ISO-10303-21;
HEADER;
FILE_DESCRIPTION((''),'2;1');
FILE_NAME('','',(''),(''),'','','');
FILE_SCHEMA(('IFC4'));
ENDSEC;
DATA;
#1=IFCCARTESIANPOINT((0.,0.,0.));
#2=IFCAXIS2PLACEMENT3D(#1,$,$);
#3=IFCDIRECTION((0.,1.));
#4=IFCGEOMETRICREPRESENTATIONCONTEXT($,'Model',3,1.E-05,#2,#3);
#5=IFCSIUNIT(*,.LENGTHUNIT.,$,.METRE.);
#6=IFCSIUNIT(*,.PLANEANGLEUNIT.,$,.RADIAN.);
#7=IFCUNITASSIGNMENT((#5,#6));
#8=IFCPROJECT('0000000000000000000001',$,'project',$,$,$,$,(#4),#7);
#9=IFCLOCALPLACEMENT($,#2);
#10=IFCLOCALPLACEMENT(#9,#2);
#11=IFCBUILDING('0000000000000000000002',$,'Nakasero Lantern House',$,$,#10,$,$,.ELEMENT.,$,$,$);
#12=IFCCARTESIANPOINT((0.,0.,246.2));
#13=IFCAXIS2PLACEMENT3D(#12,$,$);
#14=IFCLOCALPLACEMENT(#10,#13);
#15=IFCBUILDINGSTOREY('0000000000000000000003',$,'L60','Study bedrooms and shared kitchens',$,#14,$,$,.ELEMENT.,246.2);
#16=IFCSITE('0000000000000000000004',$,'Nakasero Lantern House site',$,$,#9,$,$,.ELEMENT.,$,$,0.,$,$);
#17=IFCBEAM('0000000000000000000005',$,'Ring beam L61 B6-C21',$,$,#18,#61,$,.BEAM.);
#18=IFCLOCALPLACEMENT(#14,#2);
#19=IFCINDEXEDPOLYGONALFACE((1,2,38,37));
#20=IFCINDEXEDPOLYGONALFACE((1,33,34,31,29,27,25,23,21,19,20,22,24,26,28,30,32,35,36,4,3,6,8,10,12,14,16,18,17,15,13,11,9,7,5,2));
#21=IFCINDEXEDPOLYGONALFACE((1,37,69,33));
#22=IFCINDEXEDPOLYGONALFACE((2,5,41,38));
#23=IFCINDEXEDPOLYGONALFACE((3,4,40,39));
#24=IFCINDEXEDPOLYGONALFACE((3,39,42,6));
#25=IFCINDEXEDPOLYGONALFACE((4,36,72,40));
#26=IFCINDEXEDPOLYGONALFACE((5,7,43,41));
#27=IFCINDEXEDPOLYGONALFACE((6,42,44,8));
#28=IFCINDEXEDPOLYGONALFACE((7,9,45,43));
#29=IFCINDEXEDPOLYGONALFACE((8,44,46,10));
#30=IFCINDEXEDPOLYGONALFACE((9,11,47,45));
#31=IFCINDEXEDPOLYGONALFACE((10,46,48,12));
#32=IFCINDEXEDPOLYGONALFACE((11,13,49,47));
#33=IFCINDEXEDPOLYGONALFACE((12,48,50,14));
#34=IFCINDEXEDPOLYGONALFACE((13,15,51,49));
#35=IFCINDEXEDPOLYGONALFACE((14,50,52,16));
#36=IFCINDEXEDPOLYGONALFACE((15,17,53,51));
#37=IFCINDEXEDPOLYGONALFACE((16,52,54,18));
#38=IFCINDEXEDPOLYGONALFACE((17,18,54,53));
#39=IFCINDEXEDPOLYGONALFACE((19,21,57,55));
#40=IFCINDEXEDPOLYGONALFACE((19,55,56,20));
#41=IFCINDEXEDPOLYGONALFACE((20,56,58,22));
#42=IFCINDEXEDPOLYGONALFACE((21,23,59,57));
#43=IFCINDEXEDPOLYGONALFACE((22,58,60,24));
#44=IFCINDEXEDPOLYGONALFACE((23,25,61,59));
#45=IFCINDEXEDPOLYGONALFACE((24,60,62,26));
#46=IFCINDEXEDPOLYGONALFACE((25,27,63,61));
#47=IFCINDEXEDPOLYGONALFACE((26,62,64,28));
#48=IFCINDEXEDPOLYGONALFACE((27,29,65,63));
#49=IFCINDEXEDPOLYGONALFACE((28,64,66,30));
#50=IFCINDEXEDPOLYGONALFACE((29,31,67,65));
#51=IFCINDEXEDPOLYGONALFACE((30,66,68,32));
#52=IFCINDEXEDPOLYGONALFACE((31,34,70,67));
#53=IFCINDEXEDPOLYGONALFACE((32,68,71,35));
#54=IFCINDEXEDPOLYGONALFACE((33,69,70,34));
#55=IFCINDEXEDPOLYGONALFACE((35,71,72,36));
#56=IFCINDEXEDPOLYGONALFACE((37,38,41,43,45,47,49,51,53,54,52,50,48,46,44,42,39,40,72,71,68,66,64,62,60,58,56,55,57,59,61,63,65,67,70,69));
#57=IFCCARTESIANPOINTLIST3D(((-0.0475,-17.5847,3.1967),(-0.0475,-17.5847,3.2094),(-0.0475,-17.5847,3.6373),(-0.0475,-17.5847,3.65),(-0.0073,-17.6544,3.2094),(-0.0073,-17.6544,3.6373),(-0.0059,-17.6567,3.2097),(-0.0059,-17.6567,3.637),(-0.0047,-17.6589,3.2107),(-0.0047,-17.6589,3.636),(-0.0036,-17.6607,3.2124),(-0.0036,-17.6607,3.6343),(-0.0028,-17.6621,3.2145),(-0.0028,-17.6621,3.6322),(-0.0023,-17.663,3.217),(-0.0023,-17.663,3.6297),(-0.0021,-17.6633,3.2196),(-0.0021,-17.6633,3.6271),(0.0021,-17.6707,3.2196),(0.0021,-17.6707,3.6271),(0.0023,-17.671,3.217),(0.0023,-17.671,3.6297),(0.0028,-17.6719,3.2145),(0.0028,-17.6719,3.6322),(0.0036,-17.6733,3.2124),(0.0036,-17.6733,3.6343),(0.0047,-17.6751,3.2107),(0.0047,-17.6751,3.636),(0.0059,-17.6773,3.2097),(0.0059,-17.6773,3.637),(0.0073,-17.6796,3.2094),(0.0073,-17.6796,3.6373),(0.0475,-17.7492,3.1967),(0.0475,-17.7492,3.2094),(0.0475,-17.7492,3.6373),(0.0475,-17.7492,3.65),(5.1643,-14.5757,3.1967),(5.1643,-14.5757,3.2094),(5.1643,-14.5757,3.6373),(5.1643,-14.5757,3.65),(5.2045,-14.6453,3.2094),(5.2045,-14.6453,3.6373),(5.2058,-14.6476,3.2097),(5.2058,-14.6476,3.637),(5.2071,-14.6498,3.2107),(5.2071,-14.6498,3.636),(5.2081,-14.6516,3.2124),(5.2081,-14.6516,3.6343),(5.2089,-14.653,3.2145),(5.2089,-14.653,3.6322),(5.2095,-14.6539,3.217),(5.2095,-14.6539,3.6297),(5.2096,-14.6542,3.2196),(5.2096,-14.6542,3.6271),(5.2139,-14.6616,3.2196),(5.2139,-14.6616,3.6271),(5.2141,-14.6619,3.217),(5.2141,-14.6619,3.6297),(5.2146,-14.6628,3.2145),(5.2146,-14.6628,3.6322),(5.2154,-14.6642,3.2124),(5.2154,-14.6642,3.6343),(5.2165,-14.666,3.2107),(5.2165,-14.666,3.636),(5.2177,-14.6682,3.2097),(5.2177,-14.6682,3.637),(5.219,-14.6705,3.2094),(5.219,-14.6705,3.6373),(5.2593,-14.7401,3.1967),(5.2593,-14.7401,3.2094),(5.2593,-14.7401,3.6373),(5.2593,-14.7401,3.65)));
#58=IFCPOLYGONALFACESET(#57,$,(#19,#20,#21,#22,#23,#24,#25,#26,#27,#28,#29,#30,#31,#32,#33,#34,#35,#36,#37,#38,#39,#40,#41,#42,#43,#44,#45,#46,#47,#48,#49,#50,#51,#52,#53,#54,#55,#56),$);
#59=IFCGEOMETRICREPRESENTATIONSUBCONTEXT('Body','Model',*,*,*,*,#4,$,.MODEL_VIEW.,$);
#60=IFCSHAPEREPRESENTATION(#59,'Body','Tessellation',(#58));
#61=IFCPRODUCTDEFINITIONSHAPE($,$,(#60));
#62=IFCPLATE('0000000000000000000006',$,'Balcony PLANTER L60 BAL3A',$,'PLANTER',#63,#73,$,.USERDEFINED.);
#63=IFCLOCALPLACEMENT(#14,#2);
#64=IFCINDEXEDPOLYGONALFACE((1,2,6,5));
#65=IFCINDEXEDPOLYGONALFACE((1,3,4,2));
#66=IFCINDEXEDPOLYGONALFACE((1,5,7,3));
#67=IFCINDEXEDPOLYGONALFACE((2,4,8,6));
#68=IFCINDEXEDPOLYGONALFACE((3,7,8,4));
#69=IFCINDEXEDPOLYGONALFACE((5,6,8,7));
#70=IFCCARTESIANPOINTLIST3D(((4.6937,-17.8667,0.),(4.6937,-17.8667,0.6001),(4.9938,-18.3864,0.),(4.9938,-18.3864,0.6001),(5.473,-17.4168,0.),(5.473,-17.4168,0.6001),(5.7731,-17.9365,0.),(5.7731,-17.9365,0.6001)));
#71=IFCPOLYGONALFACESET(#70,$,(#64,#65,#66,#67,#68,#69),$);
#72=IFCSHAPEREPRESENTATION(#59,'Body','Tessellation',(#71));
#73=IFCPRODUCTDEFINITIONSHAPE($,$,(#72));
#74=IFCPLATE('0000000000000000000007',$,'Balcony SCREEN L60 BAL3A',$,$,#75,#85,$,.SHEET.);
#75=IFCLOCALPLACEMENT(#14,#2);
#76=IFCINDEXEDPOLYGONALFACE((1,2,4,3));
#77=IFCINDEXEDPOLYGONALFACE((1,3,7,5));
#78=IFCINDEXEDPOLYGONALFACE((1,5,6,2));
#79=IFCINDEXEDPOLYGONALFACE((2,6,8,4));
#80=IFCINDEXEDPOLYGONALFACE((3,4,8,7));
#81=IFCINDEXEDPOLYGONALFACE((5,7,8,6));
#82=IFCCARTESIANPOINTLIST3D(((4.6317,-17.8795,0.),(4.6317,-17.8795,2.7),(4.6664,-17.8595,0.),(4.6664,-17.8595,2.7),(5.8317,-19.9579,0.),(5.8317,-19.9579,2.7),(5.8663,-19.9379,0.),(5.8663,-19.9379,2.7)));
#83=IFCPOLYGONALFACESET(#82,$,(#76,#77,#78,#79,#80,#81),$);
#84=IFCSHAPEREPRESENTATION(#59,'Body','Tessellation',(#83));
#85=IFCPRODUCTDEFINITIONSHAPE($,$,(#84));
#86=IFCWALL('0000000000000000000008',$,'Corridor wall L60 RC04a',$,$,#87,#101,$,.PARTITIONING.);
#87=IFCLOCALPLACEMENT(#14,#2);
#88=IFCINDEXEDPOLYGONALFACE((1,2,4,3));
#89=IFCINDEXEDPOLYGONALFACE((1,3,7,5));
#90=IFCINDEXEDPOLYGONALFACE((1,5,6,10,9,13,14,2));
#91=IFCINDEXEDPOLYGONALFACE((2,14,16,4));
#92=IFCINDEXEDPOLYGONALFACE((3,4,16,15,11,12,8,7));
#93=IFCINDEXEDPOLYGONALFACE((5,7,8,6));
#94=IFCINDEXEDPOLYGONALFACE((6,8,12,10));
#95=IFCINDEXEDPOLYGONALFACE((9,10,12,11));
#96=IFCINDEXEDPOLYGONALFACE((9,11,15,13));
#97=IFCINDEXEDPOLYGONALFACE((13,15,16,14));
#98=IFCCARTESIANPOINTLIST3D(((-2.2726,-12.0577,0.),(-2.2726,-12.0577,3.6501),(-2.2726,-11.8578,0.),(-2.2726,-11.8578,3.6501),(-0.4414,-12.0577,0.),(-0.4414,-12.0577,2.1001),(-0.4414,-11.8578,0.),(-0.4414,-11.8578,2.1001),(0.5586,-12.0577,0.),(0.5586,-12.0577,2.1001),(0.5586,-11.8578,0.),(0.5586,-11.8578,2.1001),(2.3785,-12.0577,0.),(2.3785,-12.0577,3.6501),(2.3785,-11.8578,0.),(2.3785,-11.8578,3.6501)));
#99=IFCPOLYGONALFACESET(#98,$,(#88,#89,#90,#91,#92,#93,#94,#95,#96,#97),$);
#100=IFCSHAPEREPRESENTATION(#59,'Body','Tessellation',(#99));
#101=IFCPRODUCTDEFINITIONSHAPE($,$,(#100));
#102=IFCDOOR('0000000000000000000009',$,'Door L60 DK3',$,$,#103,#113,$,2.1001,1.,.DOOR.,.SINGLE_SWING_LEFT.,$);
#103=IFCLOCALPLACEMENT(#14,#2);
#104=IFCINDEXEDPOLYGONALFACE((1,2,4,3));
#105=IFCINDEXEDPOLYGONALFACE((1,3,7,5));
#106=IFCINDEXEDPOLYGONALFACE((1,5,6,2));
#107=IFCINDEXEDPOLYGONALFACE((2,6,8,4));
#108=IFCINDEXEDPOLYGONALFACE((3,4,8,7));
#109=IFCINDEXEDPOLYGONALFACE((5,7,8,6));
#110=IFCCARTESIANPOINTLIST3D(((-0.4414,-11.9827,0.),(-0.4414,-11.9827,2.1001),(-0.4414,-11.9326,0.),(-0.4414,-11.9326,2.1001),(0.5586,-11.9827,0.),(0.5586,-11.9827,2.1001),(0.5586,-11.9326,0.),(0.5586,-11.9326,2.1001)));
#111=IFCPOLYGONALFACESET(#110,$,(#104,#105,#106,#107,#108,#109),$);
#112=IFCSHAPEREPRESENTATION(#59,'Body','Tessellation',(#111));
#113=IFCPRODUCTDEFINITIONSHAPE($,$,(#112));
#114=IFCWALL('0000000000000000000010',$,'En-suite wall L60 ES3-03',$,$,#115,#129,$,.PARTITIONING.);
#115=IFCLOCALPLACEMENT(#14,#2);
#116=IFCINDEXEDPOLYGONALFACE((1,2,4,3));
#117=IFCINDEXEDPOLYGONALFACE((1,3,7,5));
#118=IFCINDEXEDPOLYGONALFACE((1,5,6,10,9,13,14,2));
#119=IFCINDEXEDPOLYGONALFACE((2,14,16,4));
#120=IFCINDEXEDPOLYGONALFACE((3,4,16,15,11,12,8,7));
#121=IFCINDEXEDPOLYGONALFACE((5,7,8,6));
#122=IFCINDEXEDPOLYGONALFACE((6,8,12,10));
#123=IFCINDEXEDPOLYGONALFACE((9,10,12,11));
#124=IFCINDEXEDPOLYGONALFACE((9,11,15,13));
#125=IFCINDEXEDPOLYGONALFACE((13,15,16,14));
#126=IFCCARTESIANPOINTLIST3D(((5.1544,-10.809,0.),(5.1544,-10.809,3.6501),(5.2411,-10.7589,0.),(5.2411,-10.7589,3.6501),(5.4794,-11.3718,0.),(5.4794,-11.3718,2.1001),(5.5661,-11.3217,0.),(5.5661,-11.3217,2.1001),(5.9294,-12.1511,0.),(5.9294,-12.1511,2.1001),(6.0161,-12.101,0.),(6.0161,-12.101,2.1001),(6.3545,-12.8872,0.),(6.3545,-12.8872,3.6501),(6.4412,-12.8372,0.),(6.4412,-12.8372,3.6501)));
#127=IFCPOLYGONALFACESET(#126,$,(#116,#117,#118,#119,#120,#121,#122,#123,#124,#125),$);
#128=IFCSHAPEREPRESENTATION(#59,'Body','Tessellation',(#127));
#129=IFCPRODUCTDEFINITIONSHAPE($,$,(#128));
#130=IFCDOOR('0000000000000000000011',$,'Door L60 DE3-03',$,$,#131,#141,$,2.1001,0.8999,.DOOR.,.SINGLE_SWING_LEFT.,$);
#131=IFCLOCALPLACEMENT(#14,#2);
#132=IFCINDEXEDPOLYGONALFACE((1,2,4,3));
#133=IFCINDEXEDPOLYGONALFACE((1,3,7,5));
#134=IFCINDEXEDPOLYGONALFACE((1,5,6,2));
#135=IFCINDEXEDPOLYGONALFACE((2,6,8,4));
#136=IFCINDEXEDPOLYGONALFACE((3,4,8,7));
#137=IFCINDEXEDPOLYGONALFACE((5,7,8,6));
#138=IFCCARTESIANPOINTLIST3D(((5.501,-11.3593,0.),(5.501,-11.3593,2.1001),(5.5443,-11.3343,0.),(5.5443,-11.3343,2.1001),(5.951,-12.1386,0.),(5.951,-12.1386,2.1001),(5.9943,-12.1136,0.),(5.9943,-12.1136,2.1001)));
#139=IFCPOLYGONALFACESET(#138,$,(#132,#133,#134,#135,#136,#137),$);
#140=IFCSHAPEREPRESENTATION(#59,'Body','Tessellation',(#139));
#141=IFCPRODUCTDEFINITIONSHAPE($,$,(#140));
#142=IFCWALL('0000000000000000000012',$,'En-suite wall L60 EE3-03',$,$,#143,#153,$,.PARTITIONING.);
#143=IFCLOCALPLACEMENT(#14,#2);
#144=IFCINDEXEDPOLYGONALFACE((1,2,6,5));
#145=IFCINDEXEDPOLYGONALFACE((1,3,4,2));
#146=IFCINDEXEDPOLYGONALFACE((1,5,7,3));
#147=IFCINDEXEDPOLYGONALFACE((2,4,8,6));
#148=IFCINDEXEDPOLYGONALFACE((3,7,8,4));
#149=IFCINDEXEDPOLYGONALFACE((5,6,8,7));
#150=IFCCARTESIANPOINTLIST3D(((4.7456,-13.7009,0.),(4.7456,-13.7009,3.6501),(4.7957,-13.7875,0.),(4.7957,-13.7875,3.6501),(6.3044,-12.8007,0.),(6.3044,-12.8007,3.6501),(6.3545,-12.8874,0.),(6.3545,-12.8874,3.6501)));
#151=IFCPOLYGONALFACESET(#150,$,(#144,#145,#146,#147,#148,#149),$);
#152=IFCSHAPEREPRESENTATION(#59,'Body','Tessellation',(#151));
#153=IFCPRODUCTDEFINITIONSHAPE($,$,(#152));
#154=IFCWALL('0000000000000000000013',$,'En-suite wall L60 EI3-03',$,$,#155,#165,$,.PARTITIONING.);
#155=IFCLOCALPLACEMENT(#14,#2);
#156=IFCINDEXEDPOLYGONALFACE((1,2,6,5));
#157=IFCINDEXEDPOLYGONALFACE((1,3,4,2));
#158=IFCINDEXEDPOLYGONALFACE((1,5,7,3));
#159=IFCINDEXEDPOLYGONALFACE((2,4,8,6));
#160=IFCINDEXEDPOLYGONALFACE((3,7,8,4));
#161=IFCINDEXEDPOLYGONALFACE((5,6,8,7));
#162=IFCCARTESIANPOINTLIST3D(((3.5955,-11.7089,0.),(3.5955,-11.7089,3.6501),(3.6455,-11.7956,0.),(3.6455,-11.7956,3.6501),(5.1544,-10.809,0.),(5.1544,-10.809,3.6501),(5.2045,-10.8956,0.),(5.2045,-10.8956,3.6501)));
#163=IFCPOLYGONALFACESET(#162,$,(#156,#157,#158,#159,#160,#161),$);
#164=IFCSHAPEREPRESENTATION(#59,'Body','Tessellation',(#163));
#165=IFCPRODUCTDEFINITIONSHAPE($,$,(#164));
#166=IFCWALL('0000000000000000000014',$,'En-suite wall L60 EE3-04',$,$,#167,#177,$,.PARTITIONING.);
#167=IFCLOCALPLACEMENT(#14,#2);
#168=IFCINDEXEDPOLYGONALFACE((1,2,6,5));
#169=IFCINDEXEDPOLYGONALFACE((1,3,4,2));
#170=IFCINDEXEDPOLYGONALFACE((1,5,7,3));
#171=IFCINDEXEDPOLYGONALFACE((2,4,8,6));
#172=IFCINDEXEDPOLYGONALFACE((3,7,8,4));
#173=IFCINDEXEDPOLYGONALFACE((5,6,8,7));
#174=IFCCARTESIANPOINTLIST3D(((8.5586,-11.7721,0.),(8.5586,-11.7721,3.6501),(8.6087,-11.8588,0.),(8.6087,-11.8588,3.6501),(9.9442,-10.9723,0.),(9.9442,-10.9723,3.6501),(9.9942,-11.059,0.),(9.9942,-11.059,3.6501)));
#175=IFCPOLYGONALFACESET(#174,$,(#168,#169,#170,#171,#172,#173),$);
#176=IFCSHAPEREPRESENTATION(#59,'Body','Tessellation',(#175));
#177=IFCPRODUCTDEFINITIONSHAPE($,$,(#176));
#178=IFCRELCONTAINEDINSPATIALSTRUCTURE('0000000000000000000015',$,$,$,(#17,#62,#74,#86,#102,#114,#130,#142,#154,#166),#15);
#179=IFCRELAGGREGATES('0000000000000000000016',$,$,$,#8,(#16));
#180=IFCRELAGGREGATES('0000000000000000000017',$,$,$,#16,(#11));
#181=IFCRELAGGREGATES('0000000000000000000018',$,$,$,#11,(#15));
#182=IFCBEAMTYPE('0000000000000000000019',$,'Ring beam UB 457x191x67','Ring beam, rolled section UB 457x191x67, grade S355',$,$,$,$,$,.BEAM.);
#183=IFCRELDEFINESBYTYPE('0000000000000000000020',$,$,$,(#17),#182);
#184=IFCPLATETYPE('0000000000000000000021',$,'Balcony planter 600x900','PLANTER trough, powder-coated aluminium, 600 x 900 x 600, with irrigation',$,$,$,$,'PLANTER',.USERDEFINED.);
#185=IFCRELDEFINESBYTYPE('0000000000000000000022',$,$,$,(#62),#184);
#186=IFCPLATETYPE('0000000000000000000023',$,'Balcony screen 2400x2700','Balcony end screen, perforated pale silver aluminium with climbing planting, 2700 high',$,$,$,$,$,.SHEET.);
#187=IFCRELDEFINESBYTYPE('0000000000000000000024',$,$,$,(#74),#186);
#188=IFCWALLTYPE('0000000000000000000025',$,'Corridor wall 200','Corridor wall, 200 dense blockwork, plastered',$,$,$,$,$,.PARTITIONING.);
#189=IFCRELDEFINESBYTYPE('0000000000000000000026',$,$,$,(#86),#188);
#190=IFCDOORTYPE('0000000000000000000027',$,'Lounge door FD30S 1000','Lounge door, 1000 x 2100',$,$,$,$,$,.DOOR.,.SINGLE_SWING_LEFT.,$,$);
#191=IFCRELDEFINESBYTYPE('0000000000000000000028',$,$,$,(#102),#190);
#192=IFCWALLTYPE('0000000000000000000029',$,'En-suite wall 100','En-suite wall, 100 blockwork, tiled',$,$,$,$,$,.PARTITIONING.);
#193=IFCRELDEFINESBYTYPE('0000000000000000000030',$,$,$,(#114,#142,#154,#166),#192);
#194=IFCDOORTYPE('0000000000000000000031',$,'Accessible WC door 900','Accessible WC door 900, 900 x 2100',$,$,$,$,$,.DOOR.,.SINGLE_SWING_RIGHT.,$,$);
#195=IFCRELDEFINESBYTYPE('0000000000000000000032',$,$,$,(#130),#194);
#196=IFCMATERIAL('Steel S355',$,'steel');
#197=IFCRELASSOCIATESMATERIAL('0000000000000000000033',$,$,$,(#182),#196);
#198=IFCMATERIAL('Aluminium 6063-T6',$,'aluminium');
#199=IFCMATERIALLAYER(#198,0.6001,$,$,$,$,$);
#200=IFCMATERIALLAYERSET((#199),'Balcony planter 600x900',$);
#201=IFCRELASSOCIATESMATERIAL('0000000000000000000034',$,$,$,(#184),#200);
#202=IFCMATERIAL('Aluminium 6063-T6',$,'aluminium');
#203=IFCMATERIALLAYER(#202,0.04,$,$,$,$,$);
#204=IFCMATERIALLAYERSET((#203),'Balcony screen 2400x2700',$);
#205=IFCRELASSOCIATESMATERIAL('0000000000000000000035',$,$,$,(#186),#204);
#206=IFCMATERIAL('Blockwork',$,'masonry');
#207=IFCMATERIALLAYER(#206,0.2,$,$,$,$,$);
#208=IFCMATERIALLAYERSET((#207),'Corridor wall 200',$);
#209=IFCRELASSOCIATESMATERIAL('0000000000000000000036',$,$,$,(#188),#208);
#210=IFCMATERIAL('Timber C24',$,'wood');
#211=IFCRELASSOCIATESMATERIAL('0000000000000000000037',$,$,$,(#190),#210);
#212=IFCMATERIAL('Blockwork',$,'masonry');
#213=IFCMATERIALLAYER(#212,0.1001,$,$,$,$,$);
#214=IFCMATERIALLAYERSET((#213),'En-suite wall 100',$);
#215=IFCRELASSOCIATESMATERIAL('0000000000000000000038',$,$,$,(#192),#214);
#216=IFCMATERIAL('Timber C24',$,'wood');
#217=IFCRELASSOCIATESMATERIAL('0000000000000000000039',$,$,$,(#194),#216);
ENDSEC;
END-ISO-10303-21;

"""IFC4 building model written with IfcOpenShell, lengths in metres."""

from ifc_helpers import new_model, si_unit, direction, frame, frame_2d, origin, origin_2d, place, context, subcontext, project, spatial, rectangle, i_section, extrude, material, layer, layer_set, material_profile, profile_set, type_object, element, fill, save


model = new_model("IFC4")

# Units and contexts
model_context = context("Model", 3, precision=1e-05, world=origin(), true_north=direction((0.0, 1.0)))
body_context = subcontext(model_context, "Body", "Model", "MODEL_VIEW")
ifc_project = project(units=[si_unit("LENGTHUNIT", "METRE"), si_unit("PLANEANGLEUNIT", "RADIAN")], contexts=[model_context])

# Site, building, storey
site_placement = place(None, origin())
site = spatial("IfcSite", under=ifc_project, at=site_placement, Name="Nakasero Lantern House site", CompositionType="ELEMENT", RefElevation=0.0)
building_placement = place(site_placement, origin())
building = spatial("IfcBuilding", under=site, at=building_placement, Name="Nakasero Lantern House", CompositionType="ELEMENT")
storey_placement = place(building_placement, frame((0.0, 0.0, 246.2)))
storey = spatial("IfcBuildingStorey", under=building, at=storey_placement, Name="L60", Description="Study bedrooms and shared kitchens", CompositionType="ELEMENT", Elevation=246.2)

# Beam
ifc_material_1 = material(Name="Steel S355", Category="steel")
ifc_material_profile_1 = material_profile(ifc_material_1, i_section(OverallWidth=0.1899, OverallDepth=0.4534, WebThickness=0.0085, FlangeThickness=0.0127, FilletRadius=0.0103, at=origin_2d()), Name="UB 457x191x67")
ifc_profile_set_1 = profile_set([ifc_material_profile_1], Name="Steel S355")
beam_type_1 = type_object("IfcBeamType", Name="Ring beam UB 457x191x67", Description="Ring beam, rolled section UB 457x191x67, grade S355", PredefinedType="BEAM", material=ifc_profile_set_1)
beam_1_placement = place(storey_placement, frame((0.0, -17.667, 3.4233), z_axis=(0.86602, 0.500009, 0.0), x_axis=(-0.500009, 0.86602, 0.0)))
element("IfcBeam", 1, at=beam_1_placement, inside=storey, type_object=beam_type_1, Name="Ring beam L61 B6-C21", PredefinedType="BEAM", context=body_context, shape_type="SweptSolid", body=[
    extrude(i_section(OverallWidth=0.1899, OverallDepth=0.4534, WebThickness=0.0085, FlangeThickness=0.0127, FilletRadius=0.0103, at=origin_2d()), origin(), (0.0, 0.0, 1.0), 6.0181),
])

# Plates
ifc_material_2 = material(Name="Aluminium 6063-T6", Category="aluminium")
ifc_layer_1 = layer(ifc_material_2, 0.6001)
ifc_layer_set_1 = layer_set([ifc_layer_1], Name="Balcony planter 600x900")
plate_type_1 = type_object("IfcPlateType", Name="Balcony planter 600x900", Description="PLANTER trough, powder-coated aluminium, 600 x 900 x 600, with irrigation", ElementType="PLANTER", PredefinedType="USERDEFINED", material=ifc_layer_set_1)
plate_1_placement = place(storey_placement, frame((5.2334, -17.9016, 0.0), z_axis=(0.0, 0.0, 1.0), x_axis=(0.5, -0.866025, 0.0)))
element("IfcPlate", 2, at=plate_1_placement, inside=storey, type_object=plate_type_1, Name="Balcony PLANTER L60 BAL3A", ObjectType="PLANTER", PredefinedType="USERDEFINED", context=body_context, shape_type="SweptSolid", body=[
    extrude(rectangle(XDim=0.6001, YDim=0.8999, at=origin_2d()), origin(), (0.0, 0.0, 1.0), 0.6001),
])
ifc_material_3 = material(Name="Aluminium 6063-T6", Category="aluminium")
ifc_layer_2 = layer(ifc_material_3, 0.04)
ifc_layer_set_2 = layer_set([ifc_layer_2], Name="Balcony screen 2400x2700")
plate_type_2 = type_object("IfcPlateType", Name="Balcony screen 2400x2700", Description="Balcony end screen, perforated pale silver aluminium with climbing planting, 2700 high", PredefinedType="SHEET", material=ifc_layer_set_2)
plate_2_placement = place(storey_placement, frame((5.249, -18.9087, 0.0), z_axis=(0.0, 0.0, 1.0), x_axis=(0.5, -0.866025, 0.0)))
element("IfcPlate", 3, at=plate_2_placement, inside=storey, type_object=plate_type_2, Name="Balcony SCREEN L60 BAL3A", PredefinedType="SHEET", context=body_context, shape_type="SweptSolid", body=[
    extrude(rectangle(XDim=2.3999, YDim=0.04, at=origin_2d()), origin(), (0.0, 0.0, 1.0), 2.7),
])

# Walls, openings, doors
ifc_material_4 = material(Name="Blockwork", Category="masonry")
ifc_layer_3 = layer(ifc_material_4, 0.2)
ifc_layer_set_3 = layer_set([ifc_layer_3], Name="Corridor wall 200")
wall_type_1 = type_object("IfcWallType", Name="Corridor wall 200", Description="Corridor wall, 200 dense blockwork, plastered", PredefinedType="PARTITIONING", material=ifc_layer_set_3)
wall_1_placement = place(storey_placement, frame((2.3787, -11.9578, 0.0), z_axis=(0.0, 0.0, 1.0), x_axis=(-1.0, 0.0, 0.0)))
wall_1 = element("IfcWall", 4, at=wall_1_placement, inside=storey, type_object=wall_type_1, Name="Corridor wall L60 RC04a", PredefinedType="PARTITIONING", context=body_context, shape_type="SweptSolid", body=[
    extrude(rectangle(XDim=4.6511, YDim=0.2, at=frame_2d((2.3257, 0.0))), origin(), (0.0, 0.0, 1.0), 3.6501),
])
opening_1_placement = place(wall_1_placement, frame((1.8201, 0.0, 0.0)))
opening_1 = element("IfcOpeningElement", 5, at=opening_1_placement, cuts=wall_1, PredefinedType="OPENING", context=body_context, shape_type="SweptSolid", body=[
    extrude(rectangle(XDim=1.0, YDim=2.1001, at=frame_2d((0.5, 1.05))), frame((0.0, 0.1199, 0.0), z_axis=(0.0, -1.0, 0.0), x_axis=(1.0, 0.0, 0.0)), (0.0, 0.0, 1.0), 0.24),
])
ifc_material_5 = material(Name="Timber C24", Category="wood")
door_type_1 = type_object("IfcDoorType", Name="Lounge door FD30S 1000", Description="Lounge door, 1000 x 2100", OperationType="SINGLE_SWING_LEFT", PredefinedType="DOOR", material=ifc_material_5)
door_1_placement = place(opening_1_placement, origin())
door_1 = element("IfcDoor", 6, at=door_1_placement, inside=storey, type_object=door_type_1, Name="Door L60 DK3", OperationType="SINGLE_SWING_LEFT", OverallHeight=2.1001, OverallWidth=1.0, PredefinedType="DOOR", context=body_context, shape_type="SweptSolid", body=[
    extrude(rectangle(XDim=1.0, YDim=2.1001, at=frame_2d((0.5, 1.05))), frame((0.0, 0.0249, 0.0), z_axis=(0.0, -1.0, 0.0), x_axis=(1.0, 0.0, 0.0)), (0.0, 0.0, 1.0), 0.05),
])
fill(opening_1, door_1)
ifc_material_6 = material(Name="Blockwork", Category="masonry")
ifc_layer_4 = layer(ifc_material_6, 0.1001)
ifc_layer_set_4 = layer_set([ifc_layer_4], Name="En-suite wall 100")
wall_type_2 = type_object("IfcWallType", Name="En-suite wall 100", Description="En-suite wall, 100 blockwork, tiled", PredefinedType="PARTITIONING", material=ifc_layer_set_4)
wall_2_placement = place(storey_placement, frame((5.1978, -10.7839, 0.0), z_axis=(0.0, 0.0, 1.0), x_axis=(0.500078, -0.865981, 0.0)))
wall_2 = element("IfcWall", 7, at=wall_2_placement, inside=storey, type_object=wall_type_2, Name="En-suite wall L60 ES3-03", PredefinedType="PARTITIONING", context=body_context, shape_type="SweptSolid", body=[
    extrude(rectangle(XDim=2.3999, YDim=0.1001, at=frame_2d((1.2, 0.0))), origin(), (0.0, 0.0, 1.0), 3.6501),
])
opening_2_placement = place(wall_2_placement, frame((0.6499, 0.0, 0.0)))
opening_2 = element("IfcOpeningElement", 8, at=opening_2_placement, cuts=wall_2, PredefinedType="OPENING", context=body_context, shape_type="SweptSolid", body=[
    extrude(rectangle(XDim=0.8999, YDim=2.1001, at=frame_2d((0.45, 1.05))), frame((0.0, 0.0701, 0.0), z_axis=(0.0, -1.0, 0.0), x_axis=(1.0, 0.0, 0.0)), (0.0, 0.0, 1.0), 0.1401),
])
ifc_material_7 = material(Name="Timber C24", Category="wood")
door_type_2 = type_object("IfcDoorType", Name="Accessible WC door 900", Description="Accessible WC door 900, 900 x 2100", OperationType="SINGLE_SWING_RIGHT", PredefinedType="DOOR", material=ifc_material_7)
door_2_placement = place(opening_2_placement, origin())
door_2 = element("IfcDoor", 9, at=door_2_placement, inside=storey, type_object=door_type_2, Name="Door L60 DE3-03", OperationType="SINGLE_SWING_LEFT", OverallHeight=2.1001, OverallWidth=0.8999, PredefinedType="DOOR", context=body_context, shape_type="SweptSolid", body=[
    extrude(rectangle(XDim=0.8999, YDim=2.1001, at=frame_2d((0.45, 1.05))), frame((0.0, 0.0249, 0.0), z_axis=(0.0, -1.0, 0.0), x_axis=(1.0, 0.0, 0.0)), (0.0, 0.0, 1.0), 0.05),
])
fill(opening_2, door_2)

# Walls
for number, where, z_axis, x_axis, name in (
    (10, (4.7708, -13.7441, 0.0), (0.0, 0.0, 1.0), (0.865989, 0.500063, 0.0), "En-suite wall L60 EE3-03"),
    (11, (3.6206, -11.7522, 0.0), (0.0, 0.0, 1.0), (0.866048, 0.499961, 0.0), "En-suite wall L60 EI3-03"),
):
    element("IfcWall", number, at=place(storey_placement, frame(where, z_axis=z_axis, x_axis=x_axis)), inside=storey, type_object=wall_type_2, Name=name, PredefinedType="PARTITIONING", context=body_context, shape_type="SweptSolid", body=[
        extrude(rectangle(XDim=1.8, YDim=0.1001, at=frame_2d((0.8999, 0.0))), origin(), (0.0, 0.0, 1.0), 3.6501),
    ])
wall_3_placement = place(storey_placement, frame((8.5837, -11.8154, 0.0), z_axis=(0.0, 0.0, 1.0), x_axis=(0.866056, 0.499947, 0.0)))
element("IfcWall", 12, at=wall_3_placement, inside=storey, type_object=wall_type_2, Name="En-suite wall L60 EE3-04", PredefinedType="PARTITIONING", context=body_context, shape_type="SweptSolid", body=[
    extrude(rectangle(XDim=1.5999, YDim=0.1001, at=frame_2d((0.7998, 0.0))), origin(), (0.0, 0.0, 1.0), 3.6501),
])

save(model, "model.ifc")
